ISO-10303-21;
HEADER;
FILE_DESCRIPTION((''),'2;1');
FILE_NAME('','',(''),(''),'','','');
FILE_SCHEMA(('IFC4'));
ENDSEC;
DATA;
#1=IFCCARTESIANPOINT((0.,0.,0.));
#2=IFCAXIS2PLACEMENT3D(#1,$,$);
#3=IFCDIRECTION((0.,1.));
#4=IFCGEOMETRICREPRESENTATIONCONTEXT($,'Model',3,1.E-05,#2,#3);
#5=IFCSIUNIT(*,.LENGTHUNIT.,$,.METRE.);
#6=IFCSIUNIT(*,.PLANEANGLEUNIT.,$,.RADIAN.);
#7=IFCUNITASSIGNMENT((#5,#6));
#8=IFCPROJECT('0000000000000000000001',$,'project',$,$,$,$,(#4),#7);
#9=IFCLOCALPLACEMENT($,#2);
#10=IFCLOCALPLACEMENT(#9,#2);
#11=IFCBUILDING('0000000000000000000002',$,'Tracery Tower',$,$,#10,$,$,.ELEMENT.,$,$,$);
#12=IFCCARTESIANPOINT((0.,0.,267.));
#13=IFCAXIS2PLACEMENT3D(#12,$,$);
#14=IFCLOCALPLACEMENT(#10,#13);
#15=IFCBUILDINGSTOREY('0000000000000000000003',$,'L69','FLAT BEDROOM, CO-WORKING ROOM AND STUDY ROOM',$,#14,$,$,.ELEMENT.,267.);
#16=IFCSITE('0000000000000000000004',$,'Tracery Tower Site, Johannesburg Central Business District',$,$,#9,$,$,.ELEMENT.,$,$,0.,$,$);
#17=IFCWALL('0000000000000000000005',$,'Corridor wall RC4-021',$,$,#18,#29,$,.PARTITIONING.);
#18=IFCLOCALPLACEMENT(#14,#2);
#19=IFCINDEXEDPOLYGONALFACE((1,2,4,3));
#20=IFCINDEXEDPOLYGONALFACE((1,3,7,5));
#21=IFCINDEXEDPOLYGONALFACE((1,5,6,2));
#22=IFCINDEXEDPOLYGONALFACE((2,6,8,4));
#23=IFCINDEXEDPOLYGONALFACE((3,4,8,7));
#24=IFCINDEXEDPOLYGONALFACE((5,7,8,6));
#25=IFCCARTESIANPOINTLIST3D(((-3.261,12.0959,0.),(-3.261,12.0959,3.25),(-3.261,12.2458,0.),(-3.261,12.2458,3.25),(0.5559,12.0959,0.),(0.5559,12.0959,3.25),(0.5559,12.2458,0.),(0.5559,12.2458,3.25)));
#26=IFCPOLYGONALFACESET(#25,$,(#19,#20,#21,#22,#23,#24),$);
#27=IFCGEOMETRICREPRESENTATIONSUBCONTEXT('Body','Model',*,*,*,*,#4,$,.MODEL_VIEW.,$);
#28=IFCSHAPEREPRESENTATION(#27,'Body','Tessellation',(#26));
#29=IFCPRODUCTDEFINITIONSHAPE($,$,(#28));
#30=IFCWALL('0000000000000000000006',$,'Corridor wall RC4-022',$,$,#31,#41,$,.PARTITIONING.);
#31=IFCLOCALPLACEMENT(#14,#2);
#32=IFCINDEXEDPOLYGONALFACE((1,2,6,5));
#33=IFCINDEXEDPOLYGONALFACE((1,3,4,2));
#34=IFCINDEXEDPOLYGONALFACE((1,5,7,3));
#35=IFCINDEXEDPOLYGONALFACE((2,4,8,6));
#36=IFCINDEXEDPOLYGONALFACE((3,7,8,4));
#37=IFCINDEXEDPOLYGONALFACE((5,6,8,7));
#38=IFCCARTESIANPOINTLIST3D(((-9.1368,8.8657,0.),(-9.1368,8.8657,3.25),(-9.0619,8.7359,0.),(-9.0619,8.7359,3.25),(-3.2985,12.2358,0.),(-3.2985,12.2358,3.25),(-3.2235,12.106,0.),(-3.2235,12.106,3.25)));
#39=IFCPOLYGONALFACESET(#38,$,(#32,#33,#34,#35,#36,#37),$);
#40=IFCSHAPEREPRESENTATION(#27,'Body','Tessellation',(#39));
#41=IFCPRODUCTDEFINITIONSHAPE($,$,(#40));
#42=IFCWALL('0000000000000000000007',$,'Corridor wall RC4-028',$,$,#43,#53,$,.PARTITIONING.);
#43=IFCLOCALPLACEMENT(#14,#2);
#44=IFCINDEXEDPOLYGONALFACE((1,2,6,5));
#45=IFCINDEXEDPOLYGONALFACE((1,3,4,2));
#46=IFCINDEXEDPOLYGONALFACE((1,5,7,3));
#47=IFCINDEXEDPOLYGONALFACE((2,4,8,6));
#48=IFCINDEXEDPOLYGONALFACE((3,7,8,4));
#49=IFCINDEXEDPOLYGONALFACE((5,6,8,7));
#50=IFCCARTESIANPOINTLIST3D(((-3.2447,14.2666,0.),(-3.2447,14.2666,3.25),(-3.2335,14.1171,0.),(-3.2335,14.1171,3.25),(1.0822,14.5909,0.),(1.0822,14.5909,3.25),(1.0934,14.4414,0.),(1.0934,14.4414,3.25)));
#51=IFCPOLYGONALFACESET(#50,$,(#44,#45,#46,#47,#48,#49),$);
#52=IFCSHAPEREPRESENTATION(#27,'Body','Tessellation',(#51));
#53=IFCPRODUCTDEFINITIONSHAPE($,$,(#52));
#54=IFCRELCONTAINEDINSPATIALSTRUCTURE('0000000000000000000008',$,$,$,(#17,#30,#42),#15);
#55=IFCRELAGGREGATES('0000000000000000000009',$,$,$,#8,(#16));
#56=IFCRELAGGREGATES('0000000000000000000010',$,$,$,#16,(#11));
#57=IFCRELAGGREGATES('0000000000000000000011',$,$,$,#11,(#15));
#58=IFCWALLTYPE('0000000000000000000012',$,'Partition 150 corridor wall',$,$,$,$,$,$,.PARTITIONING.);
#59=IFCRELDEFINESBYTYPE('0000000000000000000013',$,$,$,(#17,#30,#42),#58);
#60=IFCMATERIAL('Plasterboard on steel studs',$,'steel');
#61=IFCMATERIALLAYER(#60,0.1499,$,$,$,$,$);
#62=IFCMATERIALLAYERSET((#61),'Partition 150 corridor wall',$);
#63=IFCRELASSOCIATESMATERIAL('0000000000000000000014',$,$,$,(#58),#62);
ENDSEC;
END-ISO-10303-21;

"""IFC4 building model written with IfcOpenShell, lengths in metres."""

from ifc_helpers import new_model, si_unit, direction, frame, frame_2d, origin, place, context, subcontext, project, spatial, rectangle, extrude, material, layer, layer_set, type_object, element, save


model = new_model("IFC4")

# Units and contexts
model_context = context("Model", 3, precision=1e-05, world=origin(), true_north=direction((0.0, 1.0)))
body_context = subcontext(model_context, "Body", "Model", "MODEL_VIEW")
ifc_project = project(units=[si_unit("LENGTHUNIT", "METRE"), si_unit("PLANEANGLEUNIT", "RADIAN")], contexts=[model_context])

# Site, building, storey
site_placement = place(None, origin())
site = spatial("IfcSite", under=ifc_project, at=site_placement, Name="Tracery Tower Site, Johannesburg Central Business District", CompositionType="ELEMENT", RefElevation=0.0)
building_placement = place(site_placement, origin())
building = spatial("IfcBuilding", under=site, at=building_placement, Name="Tracery Tower", CompositionType="ELEMENT")
storey_placement = place(building_placement, frame((0.0, 0.0, 267.0)))
storey = spatial("IfcBuildingStorey", under=building, at=storey_placement, Name="L69", Description="FLAT BEDROOM, CO-WORKING ROOM AND STUDY ROOM", CompositionType="ELEMENT", Elevation=267.0)

# Shared definitions
ifc_material_1 = material(Name="Plasterboard on steel studs", Category="steel")
ifc_layer_1 = layer(ifc_material_1, 0.1499)
ifc_layer_set_1 = layer_set([ifc_layer_1], Name="Partition 150 corridor wall")
wall_type_1 = type_object("IfcWallType", Name="Partition 150 corridor wall", PredefinedType="PARTITIONING", material=ifc_layer_set_1)

# Walls
wall_1_placement = place(storey_placement, frame((-3.261, 12.1709, 0.0), z_axis=(0.0, 0.0, 1.0), x_axis=(1.0, 0.0, 0.0)))
element("IfcWall", 1, at=wall_1_placement, inside=storey, type_object=wall_type_1, Name="Corridor wall RC4-021", PredefinedType="PARTITIONING", context=body_context, shape_type="SweptSolid", body=[
    extrude(rectangle(XDim=3.8169, YDim=0.1499, at=frame_2d((1.9084, 0.0))), origin(), (0.0, 0.0, 1.0), 3.25),
])
wall_2_placement = place(storey_placement, frame((-9.0994, 8.8008, 0.0), z_axis=(0.0, 0.0, 1.0), x_axis=(0.866069, 0.499925, 0.0)))
element("IfcWall", 2, at=wall_2_placement, inside=storey, type_object=wall_type_1, Name="Corridor wall RC4-022", PredefinedType="PARTITIONING", context=body_context, shape_type="SweptSolid", body=[
    extrude(rectangle(XDim=6.7412, YDim=0.1499, at=frame_2d((3.3706, 0.0))), origin(), (0.0, 0.0, 1.0), 3.25),
])
wall_3_placement = place(storey_placement, frame((-3.239, 14.1919, 0.0), z_axis=(0.0, 0.0, 1.0), x_axis=(0.997204, 0.074721, 0.0)))
element("IfcWall", 3, at=wall_3_placement, inside=storey, type_object=wall_type_1, Name="Corridor wall RC4-028", PredefinedType="PARTITIONING", context=body_context, shape_type="SweptSolid", body=[
    extrude(rectangle(XDim=4.3391, YDim=0.1499, at=frame_2d((2.1694, 0.0))), origin(), (0.0, 0.0, 1.0), 3.25),
])

save(model, "model.ifc")
